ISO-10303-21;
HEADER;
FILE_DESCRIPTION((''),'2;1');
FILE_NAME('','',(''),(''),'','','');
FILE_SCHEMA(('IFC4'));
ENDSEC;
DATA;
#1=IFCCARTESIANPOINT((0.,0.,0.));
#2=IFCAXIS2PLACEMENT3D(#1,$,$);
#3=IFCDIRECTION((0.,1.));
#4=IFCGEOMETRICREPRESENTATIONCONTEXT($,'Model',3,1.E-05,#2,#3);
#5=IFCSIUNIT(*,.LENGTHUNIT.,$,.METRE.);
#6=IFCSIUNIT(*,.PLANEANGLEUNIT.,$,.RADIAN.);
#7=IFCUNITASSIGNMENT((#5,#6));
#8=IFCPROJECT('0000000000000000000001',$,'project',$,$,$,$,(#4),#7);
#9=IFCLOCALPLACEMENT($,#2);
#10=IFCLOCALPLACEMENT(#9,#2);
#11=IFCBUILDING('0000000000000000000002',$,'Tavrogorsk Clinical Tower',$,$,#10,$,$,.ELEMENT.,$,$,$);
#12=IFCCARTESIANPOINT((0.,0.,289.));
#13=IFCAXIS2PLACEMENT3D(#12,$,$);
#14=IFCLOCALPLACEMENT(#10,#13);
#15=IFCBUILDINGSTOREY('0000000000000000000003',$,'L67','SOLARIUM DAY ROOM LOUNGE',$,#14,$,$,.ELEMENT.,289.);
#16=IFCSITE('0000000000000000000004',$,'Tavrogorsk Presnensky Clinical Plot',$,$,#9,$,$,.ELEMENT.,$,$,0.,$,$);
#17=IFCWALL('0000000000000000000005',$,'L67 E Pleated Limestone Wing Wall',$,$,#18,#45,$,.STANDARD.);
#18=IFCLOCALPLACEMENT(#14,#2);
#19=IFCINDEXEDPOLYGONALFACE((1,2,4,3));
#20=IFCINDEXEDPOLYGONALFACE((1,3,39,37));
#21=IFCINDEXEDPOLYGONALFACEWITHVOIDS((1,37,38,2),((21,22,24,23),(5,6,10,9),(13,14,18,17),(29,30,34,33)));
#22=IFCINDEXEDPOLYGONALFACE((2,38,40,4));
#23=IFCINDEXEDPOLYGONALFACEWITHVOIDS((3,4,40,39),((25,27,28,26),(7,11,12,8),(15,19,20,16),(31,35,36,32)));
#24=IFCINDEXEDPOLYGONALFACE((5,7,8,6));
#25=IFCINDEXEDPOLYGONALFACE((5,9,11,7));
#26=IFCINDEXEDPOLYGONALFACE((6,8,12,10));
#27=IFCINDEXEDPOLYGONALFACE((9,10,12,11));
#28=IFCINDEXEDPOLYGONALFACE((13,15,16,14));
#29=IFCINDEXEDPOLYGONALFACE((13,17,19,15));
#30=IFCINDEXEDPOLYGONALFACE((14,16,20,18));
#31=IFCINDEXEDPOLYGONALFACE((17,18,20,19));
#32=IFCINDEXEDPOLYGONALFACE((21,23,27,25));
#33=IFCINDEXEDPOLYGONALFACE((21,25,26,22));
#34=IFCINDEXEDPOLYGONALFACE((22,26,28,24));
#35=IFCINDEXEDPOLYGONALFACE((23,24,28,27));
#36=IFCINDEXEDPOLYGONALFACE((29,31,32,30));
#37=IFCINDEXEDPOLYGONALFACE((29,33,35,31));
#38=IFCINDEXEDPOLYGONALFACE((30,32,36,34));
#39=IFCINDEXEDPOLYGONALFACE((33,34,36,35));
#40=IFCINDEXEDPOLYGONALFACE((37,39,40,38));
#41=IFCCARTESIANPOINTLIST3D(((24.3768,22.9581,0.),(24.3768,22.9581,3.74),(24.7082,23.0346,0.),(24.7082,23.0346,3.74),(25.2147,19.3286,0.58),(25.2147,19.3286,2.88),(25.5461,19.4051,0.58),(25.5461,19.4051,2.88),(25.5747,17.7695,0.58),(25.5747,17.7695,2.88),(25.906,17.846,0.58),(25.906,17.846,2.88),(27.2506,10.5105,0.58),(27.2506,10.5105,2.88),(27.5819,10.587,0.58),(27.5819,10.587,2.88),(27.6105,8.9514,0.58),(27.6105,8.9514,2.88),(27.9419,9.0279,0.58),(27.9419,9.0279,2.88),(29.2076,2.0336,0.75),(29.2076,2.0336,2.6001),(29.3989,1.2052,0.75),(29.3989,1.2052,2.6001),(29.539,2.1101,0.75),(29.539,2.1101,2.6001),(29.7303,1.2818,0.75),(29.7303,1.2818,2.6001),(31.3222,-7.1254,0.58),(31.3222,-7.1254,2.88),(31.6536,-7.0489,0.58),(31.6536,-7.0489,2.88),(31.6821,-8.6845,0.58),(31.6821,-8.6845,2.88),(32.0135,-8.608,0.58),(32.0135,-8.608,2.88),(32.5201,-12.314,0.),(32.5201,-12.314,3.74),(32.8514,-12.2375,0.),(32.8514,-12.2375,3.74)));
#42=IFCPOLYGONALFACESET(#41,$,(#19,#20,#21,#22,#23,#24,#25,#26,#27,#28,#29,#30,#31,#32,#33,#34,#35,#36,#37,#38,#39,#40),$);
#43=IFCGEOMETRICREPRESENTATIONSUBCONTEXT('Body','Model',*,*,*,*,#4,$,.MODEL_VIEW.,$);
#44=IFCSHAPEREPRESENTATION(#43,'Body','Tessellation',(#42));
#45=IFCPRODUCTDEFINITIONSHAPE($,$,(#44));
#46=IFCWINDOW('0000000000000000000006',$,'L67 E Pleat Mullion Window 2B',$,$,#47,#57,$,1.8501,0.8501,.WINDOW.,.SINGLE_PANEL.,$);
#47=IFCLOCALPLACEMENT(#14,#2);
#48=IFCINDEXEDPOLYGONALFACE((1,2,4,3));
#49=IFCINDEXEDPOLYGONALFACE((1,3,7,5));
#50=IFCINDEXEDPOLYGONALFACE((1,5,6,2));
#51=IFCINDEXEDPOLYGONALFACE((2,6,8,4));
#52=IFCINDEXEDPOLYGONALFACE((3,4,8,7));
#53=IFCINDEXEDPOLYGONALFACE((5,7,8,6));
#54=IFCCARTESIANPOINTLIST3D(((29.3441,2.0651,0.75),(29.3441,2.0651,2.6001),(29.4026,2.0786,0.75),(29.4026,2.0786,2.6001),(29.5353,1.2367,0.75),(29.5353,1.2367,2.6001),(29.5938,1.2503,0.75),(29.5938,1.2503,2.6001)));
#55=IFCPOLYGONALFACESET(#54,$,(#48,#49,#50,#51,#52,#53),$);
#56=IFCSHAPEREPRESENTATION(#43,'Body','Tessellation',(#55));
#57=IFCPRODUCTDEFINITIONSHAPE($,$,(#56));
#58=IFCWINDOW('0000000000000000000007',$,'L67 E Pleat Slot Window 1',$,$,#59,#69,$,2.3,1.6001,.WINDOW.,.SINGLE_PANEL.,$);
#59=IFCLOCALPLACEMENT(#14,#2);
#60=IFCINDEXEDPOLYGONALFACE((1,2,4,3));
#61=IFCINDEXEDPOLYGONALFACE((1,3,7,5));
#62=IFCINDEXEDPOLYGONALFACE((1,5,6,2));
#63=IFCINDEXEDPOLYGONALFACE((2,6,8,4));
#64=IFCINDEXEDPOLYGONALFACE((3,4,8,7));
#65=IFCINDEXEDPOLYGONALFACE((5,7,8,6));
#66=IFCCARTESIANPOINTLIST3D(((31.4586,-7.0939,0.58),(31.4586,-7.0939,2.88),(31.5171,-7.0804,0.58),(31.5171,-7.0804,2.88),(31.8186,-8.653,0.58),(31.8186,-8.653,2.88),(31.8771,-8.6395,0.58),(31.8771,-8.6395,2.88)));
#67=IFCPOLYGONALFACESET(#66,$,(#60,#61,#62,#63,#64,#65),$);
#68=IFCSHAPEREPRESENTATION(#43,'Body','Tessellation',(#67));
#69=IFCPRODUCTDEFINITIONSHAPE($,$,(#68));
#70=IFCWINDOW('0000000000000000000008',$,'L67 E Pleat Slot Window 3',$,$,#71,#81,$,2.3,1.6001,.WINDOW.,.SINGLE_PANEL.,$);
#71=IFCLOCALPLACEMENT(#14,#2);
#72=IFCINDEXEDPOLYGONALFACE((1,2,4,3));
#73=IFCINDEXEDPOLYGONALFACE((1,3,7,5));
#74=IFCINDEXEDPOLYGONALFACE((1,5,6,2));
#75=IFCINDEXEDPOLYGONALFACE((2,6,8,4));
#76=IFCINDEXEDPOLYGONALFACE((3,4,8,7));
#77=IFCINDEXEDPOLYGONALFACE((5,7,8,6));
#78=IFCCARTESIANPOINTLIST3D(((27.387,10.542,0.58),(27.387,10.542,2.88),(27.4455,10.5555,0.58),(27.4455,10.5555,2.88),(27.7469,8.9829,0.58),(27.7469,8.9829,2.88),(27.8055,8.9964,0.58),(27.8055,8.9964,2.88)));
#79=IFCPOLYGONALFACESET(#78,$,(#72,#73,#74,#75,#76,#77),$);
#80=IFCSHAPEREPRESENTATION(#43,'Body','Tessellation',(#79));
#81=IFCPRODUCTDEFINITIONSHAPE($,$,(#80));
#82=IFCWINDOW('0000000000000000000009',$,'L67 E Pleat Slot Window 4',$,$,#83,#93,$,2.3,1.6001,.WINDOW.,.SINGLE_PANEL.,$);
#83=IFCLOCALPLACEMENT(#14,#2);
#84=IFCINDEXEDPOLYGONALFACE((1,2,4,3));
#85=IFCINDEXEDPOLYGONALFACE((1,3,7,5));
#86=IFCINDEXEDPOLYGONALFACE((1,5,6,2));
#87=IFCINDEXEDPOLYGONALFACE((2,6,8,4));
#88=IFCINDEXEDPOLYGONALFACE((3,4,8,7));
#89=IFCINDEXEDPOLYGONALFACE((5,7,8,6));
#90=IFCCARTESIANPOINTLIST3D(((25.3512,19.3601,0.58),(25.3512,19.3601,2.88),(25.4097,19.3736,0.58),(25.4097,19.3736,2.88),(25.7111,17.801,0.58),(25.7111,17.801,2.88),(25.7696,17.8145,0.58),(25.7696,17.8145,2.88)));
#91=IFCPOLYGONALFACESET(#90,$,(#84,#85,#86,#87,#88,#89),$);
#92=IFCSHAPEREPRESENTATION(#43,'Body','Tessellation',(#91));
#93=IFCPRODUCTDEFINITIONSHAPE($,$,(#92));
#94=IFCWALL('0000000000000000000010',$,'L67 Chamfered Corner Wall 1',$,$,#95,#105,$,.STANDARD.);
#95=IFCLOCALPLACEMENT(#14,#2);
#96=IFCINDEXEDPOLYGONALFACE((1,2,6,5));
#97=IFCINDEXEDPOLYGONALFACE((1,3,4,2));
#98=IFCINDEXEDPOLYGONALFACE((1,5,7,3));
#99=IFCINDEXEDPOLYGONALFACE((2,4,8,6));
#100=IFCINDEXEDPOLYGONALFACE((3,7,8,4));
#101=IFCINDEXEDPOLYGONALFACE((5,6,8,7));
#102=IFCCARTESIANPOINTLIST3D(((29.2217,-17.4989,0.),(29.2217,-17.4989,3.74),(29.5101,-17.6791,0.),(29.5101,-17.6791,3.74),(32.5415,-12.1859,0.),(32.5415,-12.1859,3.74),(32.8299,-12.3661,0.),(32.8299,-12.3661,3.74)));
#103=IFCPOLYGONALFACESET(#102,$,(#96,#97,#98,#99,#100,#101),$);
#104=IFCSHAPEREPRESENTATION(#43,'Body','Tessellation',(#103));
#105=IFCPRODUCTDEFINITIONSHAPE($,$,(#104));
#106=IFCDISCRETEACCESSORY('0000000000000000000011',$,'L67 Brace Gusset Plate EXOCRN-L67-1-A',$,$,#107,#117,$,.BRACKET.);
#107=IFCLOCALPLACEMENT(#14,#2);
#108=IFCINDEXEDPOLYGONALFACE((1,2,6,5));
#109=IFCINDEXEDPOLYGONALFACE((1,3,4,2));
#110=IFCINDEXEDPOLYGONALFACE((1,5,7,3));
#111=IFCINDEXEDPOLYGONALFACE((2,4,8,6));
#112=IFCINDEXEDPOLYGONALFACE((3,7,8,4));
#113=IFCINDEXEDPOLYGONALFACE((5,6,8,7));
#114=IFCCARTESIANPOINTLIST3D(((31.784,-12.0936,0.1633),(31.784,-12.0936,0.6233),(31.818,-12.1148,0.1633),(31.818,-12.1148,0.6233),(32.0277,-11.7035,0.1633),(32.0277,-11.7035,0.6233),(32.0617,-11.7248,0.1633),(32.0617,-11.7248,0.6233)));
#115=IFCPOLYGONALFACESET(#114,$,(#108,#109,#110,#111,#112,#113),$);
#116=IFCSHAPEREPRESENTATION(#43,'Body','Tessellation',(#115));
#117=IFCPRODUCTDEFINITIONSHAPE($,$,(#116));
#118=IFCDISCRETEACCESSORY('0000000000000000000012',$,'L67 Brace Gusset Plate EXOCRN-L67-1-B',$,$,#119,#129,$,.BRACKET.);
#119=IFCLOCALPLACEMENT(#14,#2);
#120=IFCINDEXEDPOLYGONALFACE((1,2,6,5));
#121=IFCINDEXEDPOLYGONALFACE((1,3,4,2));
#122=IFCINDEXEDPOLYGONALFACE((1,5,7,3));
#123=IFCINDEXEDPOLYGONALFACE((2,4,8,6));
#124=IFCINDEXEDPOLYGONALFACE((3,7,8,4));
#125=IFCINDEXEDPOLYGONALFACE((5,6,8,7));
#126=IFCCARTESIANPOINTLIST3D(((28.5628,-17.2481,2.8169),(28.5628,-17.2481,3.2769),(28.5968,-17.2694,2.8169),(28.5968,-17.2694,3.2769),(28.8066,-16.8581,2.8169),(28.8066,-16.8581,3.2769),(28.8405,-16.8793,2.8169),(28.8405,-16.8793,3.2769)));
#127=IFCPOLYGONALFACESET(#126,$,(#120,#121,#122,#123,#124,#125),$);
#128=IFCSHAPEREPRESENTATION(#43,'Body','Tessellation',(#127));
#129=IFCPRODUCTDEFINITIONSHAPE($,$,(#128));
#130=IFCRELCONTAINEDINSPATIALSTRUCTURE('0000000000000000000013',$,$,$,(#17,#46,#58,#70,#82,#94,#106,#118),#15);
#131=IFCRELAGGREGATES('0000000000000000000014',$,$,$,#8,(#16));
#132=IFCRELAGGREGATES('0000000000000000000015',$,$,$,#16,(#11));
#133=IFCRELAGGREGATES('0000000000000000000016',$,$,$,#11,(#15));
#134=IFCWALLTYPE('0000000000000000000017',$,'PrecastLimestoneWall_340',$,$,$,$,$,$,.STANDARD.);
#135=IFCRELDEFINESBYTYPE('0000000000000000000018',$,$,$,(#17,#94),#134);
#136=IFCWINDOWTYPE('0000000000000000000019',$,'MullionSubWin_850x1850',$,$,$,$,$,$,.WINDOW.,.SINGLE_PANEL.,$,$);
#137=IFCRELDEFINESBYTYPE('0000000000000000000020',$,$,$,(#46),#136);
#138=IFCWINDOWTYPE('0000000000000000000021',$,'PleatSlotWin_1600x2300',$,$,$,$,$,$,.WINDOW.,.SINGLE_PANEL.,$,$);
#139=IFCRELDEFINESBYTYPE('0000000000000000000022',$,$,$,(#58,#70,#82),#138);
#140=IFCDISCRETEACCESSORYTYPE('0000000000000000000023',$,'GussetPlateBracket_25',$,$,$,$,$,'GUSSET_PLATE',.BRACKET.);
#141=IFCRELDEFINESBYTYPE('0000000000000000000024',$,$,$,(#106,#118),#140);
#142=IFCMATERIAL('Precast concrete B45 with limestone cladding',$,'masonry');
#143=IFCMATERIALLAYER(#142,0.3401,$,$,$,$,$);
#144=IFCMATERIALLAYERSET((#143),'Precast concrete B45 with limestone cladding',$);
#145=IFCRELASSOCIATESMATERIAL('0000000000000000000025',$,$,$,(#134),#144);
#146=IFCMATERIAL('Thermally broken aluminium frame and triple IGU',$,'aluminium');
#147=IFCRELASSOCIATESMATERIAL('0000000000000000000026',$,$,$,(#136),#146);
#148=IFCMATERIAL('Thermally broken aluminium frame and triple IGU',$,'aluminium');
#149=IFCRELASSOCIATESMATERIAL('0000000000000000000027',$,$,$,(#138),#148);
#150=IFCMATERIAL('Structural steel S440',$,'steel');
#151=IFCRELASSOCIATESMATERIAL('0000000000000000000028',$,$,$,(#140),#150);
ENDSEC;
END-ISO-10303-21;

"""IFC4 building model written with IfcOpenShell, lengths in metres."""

from ifc_helpers import new_model, si_unit, direction, frame, frame_2d, origin, origin_2d, place, context, subcontext, project, spatial, rectangle, extrude, material, layer, layer_set, type_object, element, fill, save


model = new_model("IFC4")

# Units and contexts
model_context = context("Model", 3, precision=1e-05, world=origin(), true_north=direction((0.0, 1.0)))
body_context = subcontext(model_context, "Body", "Model", "MODEL_VIEW")
ifc_project = project(units=[si_unit("LENGTHUNIT", "METRE"), si_unit("PLANEANGLEUNIT", "RADIAN")], contexts=[model_context])

# Site, building, storey
site_placement = place(None, origin())
site = spatial("IfcSite", under=ifc_project, at=site_placement, Name="Tavrogorsk Presnensky Clinical Plot", CompositionType="ELEMENT", RefElevation=0.0)
building_placement = place(site_placement, origin())
building = spatial("IfcBuilding", under=site, at=building_placement, Name="Tavrogorsk Clinical Tower", CompositionType="ELEMENT")
storey_placement = place(building_placement, frame((0.0, 0.0, 289.0)))
storey = spatial("IfcBuildingStorey", under=building, at=storey_placement, Name="L67", Description="SOLARIUM DAY ROOM LOUNGE", CompositionType="ELEMENT", Elevation=289.0)

# Wall, openings, windows
ifc_material_1 = material(Name="Precast concrete B45 with limestone cladding", Category="masonry")
ifc_layer_1 = layer(ifc_material_1, 0.3401)
ifc_layer_set_1 = layer_set([ifc_layer_1], Name="Precast concrete B45 with limestone cladding")
wall_type_1 = type_object("IfcWallType", Name="PrecastLimestoneWall_340", PredefinedType="STANDARD", material=ifc_layer_set_1)
wall_1_placement = place(storey_placement, frame((32.6858, -12.2759, 0.0), z_axis=(0.0, 0.0, 1.0), x_axis=(-0.224953, 0.97437, 0.0)))
wall_1 = element("IfcWall", 1, at=wall_1_placement, inside=storey, type_object=wall_type_1, Name="L67 E Pleated Limestone Wing Wall", PredefinedType="STANDARD", context=body_context, shape_type="SweptSolid", body=[
    extrude(rectangle(XDim=36.2, YDim=0.3401, at=frame_2d((18.1001, 0.0))), origin(), (0.0, 0.0, 1.0), 3.74),
])
opening_1_placement = place(wall_1_placement, frame((3.7251, 0.0, 0.5801)))
opening_1 = element("IfcOpeningElement", 2, at=opening_1_placement, cuts=wall_1, PredefinedType="OPENING", context=body_context, shape_type="SweptSolid", body=[
    extrude(rectangle(XDim=1.6001, YDim=2.3, at=frame_2d((0.8, 1.1499))), frame((0.0, 0.1799, 0.0), z_axis=(0.0, -1.0, 0.0), x_axis=(1.0, 0.0, 0.0)), (0.0, 0.0, 1.0), 0.3601),
])
opening_2_placement = place(wall_1_placement, frame((13.875, 0.0, 0.75)))
opening_2 = element("IfcOpeningElement", 3, at=opening_2_placement, cuts=wall_1, PredefinedType="OPENING", context=body_context, shape_type="SweptSolid", body=[
    extrude(rectangle(XDim=0.8501, YDim=1.8501, at=frame_2d((0.425, 0.925))), frame((0.0, 0.1799, 0.0), z_axis=(0.0, -1.0, 0.0), x_axis=(1.0, 0.0, 0.0)), (0.0, 0.0, 1.0), 0.3601),
])
opening_3_placement = place(wall_1_placement, frame((21.825, 0.0, 0.5801)))
opening_3 = element("IfcOpeningElement", 4, at=opening_3_placement, cuts=wall_1, PredefinedType="OPENING", context=body_context, shape_type="SweptSolid", body=[
    extrude(rectangle(XDim=1.6001, YDim=2.3, at=frame_2d((0.8, 1.1499))), frame((0.0, 0.1799, 0.0), z_axis=(0.0, -1.0, 0.0), x_axis=(1.0, 0.0, 0.0)), (0.0, 0.0, 1.0), 0.3601),
])
opening_4_placement = place(wall_1_placement, frame((30.875, 0.0, 0.5801)))
opening_4 = element("IfcOpeningElement", 5, at=opening_4_placement, cuts=wall_1, PredefinedType="OPENING", context=body_context, shape_type="SweptSolid", body=[
    extrude(rectangle(XDim=1.6001, YDim=2.3, at=frame_2d((0.8, 1.1499))), frame((0.0, 0.1799, 0.0), z_axis=(0.0, -1.0, 0.0), x_axis=(1.0, 0.0, 0.0)), (0.0, 0.0, 1.0), 0.3601),
])
ifc_material_2 = material(Name="Thermally broken aluminium frame and triple IGU", Category="aluminium")
window_type_1 = type_object("IfcWindowType", Name="MullionSubWin_850x1850", PartitioningType="SINGLE_PANEL", PredefinedType="WINDOW", material=ifc_material_2)
window_1_placement = place(opening_2_placement, origin())
window_1 = element("IfcWindow", 6, at=window_1_placement, inside=storey, type_object=window_type_1, Name="L67 E Pleat Mullion Window 2B", OverallHeight=1.8501, OverallWidth=0.8501, PartitioningType="SINGLE_PANEL", PredefinedType="WINDOW", context=body_context, shape_type="SweptSolid", body=[
    extrude(rectangle(XDim=0.8501, YDim=1.8501, at=frame_2d((0.425, 0.925))), frame((0.0, 0.03, 0.0), z_axis=(0.0, -1.0, 0.0), x_axis=(1.0, 0.0, 0.0)), (0.0, 0.0, 1.0), 0.0601),
])
fill(opening_2, window_1)
ifc_material_3 = material(Name="Thermally broken aluminium frame and triple IGU", Category="aluminium")
window_type_2 = type_object("IfcWindowType", Name="PleatSlotWin_1600x2300", PartitioningType="SINGLE_PANEL", PredefinedType="WINDOW", material=ifc_material_3)
window_2_placement = place(opening_1_placement, origin())
window_2 = element("IfcWindow", 7, at=window_2_placement, inside=storey, type_object=window_type_2, Name="L67 E Pleat Slot Window 1", OverallHeight=2.3, OverallWidth=1.6001, PartitioningType="SINGLE_PANEL", PredefinedType="WINDOW", context=body_context, shape_type="SweptSolid", body=[
    extrude(rectangle(XDim=1.6001, YDim=2.3, at=frame_2d((0.8, 1.1499))), frame((0.0, 0.03, 0.0), z_axis=(0.0, -1.0, 0.0), x_axis=(1.0, 0.0, 0.0)), (0.0, 0.0, 1.0), 0.0601),
])
fill(opening_1, window_2)
window_3_placement = place(opening_3_placement, origin())
window_3 = element("IfcWindow", 8, at=window_3_placement, inside=storey, type_object=window_type_2, Name="L67 E Pleat Slot Window 3", OverallHeight=2.3, OverallWidth=1.6001, PartitioningType="SINGLE_PANEL", PredefinedType="WINDOW", context=body_context, shape_type="SweptSolid", body=[
    extrude(rectangle(XDim=1.6001, YDim=2.3, at=frame_2d((0.8, 1.1499))), frame((0.0, 0.03, 0.0), z_axis=(0.0, -1.0, 0.0), x_axis=(1.0, 0.0, 0.0)), (0.0, 0.0, 1.0), 0.0601),
])
fill(opening_3, window_3)
window_4_placement = place(opening_4_placement, origin())
window_4 = element("IfcWindow", 9, at=window_4_placement, inside=storey, type_object=window_type_2, Name="L67 E Pleat Slot Window 4", OverallHeight=2.3, OverallWidth=1.6001, PartitioningType="SINGLE_PANEL", PredefinedType="WINDOW", context=body_context, shape_type="SweptSolid", body=[
    extrude(rectangle(XDim=1.6001, YDim=2.3, at=frame_2d((0.8, 1.1499))), frame((0.0, 0.03, 0.0), z_axis=(0.0, -1.0, 0.0), x_axis=(1.0, 0.0, 0.0)), (0.0, 0.0, 1.0), 0.0601),
])
fill(opening_4, window_4)

# Wall
wall_2_placement = place(storey_placement, frame((29.366, -17.5889, 0.0), z_axis=(0.0, 0.0, 1.0), x_axis=(0.529908, 0.848055, 0.0)))
element("IfcWall", 10, at=wall_2_placement, inside=storey, type_object=wall_type_1, Name="L67 Chamfered Corner Wall 1", PredefinedType="STANDARD", context=body_context, shape_type="SweptSolid", body=[
    extrude(rectangle(XDim=6.2649, YDim=0.3401, at=frame_2d((3.1323, 0.0))), origin(), (0.0, 0.0, 1.0), 3.74),
])

# Discrete accessories
ifc_material_4 = material(Name="Structural steel S440", Category="steel")
discrete_accessory_type = type_object("IfcDiscreteAccessoryType", Name="GussetPlateBracket_25", ElementType="GUSSET_PLATE", PredefinedType="BRACKET", material=ifc_material_4)
for number, where, z_axis, x_axis, name in (
    (11, (31.9229, -11.9092, 0.1633), (0.0, 0.0, 1.0), (-0.529919, -0.848048, 0.0), "L67 Brace Gusset Plate EXOCRN-L67-1-A"),
    (12, (28.7017, -17.0637, 2.8169), (0.0, 0.0, 1.0), (-0.529919, -0.848048, 0.0), "L67 Brace Gusset Plate EXOCRN-L67-1-B"),
):
    element("IfcDiscreteAccessory", number, at=place(storey_placement, frame(where, z_axis=z_axis, x_axis=x_axis)), inside=storey, type_object=discrete_accessory_type, Name=name, PredefinedType="BRACKET", context=body_context, shape_type="SweptSolid", body=[
        extrude(rectangle(XDim=0.46, YDim=0.04, at=origin_2d()), origin(), (0.0, 0.0, 1.0), 0.46),
    ])

save(model, "model.ifc")
